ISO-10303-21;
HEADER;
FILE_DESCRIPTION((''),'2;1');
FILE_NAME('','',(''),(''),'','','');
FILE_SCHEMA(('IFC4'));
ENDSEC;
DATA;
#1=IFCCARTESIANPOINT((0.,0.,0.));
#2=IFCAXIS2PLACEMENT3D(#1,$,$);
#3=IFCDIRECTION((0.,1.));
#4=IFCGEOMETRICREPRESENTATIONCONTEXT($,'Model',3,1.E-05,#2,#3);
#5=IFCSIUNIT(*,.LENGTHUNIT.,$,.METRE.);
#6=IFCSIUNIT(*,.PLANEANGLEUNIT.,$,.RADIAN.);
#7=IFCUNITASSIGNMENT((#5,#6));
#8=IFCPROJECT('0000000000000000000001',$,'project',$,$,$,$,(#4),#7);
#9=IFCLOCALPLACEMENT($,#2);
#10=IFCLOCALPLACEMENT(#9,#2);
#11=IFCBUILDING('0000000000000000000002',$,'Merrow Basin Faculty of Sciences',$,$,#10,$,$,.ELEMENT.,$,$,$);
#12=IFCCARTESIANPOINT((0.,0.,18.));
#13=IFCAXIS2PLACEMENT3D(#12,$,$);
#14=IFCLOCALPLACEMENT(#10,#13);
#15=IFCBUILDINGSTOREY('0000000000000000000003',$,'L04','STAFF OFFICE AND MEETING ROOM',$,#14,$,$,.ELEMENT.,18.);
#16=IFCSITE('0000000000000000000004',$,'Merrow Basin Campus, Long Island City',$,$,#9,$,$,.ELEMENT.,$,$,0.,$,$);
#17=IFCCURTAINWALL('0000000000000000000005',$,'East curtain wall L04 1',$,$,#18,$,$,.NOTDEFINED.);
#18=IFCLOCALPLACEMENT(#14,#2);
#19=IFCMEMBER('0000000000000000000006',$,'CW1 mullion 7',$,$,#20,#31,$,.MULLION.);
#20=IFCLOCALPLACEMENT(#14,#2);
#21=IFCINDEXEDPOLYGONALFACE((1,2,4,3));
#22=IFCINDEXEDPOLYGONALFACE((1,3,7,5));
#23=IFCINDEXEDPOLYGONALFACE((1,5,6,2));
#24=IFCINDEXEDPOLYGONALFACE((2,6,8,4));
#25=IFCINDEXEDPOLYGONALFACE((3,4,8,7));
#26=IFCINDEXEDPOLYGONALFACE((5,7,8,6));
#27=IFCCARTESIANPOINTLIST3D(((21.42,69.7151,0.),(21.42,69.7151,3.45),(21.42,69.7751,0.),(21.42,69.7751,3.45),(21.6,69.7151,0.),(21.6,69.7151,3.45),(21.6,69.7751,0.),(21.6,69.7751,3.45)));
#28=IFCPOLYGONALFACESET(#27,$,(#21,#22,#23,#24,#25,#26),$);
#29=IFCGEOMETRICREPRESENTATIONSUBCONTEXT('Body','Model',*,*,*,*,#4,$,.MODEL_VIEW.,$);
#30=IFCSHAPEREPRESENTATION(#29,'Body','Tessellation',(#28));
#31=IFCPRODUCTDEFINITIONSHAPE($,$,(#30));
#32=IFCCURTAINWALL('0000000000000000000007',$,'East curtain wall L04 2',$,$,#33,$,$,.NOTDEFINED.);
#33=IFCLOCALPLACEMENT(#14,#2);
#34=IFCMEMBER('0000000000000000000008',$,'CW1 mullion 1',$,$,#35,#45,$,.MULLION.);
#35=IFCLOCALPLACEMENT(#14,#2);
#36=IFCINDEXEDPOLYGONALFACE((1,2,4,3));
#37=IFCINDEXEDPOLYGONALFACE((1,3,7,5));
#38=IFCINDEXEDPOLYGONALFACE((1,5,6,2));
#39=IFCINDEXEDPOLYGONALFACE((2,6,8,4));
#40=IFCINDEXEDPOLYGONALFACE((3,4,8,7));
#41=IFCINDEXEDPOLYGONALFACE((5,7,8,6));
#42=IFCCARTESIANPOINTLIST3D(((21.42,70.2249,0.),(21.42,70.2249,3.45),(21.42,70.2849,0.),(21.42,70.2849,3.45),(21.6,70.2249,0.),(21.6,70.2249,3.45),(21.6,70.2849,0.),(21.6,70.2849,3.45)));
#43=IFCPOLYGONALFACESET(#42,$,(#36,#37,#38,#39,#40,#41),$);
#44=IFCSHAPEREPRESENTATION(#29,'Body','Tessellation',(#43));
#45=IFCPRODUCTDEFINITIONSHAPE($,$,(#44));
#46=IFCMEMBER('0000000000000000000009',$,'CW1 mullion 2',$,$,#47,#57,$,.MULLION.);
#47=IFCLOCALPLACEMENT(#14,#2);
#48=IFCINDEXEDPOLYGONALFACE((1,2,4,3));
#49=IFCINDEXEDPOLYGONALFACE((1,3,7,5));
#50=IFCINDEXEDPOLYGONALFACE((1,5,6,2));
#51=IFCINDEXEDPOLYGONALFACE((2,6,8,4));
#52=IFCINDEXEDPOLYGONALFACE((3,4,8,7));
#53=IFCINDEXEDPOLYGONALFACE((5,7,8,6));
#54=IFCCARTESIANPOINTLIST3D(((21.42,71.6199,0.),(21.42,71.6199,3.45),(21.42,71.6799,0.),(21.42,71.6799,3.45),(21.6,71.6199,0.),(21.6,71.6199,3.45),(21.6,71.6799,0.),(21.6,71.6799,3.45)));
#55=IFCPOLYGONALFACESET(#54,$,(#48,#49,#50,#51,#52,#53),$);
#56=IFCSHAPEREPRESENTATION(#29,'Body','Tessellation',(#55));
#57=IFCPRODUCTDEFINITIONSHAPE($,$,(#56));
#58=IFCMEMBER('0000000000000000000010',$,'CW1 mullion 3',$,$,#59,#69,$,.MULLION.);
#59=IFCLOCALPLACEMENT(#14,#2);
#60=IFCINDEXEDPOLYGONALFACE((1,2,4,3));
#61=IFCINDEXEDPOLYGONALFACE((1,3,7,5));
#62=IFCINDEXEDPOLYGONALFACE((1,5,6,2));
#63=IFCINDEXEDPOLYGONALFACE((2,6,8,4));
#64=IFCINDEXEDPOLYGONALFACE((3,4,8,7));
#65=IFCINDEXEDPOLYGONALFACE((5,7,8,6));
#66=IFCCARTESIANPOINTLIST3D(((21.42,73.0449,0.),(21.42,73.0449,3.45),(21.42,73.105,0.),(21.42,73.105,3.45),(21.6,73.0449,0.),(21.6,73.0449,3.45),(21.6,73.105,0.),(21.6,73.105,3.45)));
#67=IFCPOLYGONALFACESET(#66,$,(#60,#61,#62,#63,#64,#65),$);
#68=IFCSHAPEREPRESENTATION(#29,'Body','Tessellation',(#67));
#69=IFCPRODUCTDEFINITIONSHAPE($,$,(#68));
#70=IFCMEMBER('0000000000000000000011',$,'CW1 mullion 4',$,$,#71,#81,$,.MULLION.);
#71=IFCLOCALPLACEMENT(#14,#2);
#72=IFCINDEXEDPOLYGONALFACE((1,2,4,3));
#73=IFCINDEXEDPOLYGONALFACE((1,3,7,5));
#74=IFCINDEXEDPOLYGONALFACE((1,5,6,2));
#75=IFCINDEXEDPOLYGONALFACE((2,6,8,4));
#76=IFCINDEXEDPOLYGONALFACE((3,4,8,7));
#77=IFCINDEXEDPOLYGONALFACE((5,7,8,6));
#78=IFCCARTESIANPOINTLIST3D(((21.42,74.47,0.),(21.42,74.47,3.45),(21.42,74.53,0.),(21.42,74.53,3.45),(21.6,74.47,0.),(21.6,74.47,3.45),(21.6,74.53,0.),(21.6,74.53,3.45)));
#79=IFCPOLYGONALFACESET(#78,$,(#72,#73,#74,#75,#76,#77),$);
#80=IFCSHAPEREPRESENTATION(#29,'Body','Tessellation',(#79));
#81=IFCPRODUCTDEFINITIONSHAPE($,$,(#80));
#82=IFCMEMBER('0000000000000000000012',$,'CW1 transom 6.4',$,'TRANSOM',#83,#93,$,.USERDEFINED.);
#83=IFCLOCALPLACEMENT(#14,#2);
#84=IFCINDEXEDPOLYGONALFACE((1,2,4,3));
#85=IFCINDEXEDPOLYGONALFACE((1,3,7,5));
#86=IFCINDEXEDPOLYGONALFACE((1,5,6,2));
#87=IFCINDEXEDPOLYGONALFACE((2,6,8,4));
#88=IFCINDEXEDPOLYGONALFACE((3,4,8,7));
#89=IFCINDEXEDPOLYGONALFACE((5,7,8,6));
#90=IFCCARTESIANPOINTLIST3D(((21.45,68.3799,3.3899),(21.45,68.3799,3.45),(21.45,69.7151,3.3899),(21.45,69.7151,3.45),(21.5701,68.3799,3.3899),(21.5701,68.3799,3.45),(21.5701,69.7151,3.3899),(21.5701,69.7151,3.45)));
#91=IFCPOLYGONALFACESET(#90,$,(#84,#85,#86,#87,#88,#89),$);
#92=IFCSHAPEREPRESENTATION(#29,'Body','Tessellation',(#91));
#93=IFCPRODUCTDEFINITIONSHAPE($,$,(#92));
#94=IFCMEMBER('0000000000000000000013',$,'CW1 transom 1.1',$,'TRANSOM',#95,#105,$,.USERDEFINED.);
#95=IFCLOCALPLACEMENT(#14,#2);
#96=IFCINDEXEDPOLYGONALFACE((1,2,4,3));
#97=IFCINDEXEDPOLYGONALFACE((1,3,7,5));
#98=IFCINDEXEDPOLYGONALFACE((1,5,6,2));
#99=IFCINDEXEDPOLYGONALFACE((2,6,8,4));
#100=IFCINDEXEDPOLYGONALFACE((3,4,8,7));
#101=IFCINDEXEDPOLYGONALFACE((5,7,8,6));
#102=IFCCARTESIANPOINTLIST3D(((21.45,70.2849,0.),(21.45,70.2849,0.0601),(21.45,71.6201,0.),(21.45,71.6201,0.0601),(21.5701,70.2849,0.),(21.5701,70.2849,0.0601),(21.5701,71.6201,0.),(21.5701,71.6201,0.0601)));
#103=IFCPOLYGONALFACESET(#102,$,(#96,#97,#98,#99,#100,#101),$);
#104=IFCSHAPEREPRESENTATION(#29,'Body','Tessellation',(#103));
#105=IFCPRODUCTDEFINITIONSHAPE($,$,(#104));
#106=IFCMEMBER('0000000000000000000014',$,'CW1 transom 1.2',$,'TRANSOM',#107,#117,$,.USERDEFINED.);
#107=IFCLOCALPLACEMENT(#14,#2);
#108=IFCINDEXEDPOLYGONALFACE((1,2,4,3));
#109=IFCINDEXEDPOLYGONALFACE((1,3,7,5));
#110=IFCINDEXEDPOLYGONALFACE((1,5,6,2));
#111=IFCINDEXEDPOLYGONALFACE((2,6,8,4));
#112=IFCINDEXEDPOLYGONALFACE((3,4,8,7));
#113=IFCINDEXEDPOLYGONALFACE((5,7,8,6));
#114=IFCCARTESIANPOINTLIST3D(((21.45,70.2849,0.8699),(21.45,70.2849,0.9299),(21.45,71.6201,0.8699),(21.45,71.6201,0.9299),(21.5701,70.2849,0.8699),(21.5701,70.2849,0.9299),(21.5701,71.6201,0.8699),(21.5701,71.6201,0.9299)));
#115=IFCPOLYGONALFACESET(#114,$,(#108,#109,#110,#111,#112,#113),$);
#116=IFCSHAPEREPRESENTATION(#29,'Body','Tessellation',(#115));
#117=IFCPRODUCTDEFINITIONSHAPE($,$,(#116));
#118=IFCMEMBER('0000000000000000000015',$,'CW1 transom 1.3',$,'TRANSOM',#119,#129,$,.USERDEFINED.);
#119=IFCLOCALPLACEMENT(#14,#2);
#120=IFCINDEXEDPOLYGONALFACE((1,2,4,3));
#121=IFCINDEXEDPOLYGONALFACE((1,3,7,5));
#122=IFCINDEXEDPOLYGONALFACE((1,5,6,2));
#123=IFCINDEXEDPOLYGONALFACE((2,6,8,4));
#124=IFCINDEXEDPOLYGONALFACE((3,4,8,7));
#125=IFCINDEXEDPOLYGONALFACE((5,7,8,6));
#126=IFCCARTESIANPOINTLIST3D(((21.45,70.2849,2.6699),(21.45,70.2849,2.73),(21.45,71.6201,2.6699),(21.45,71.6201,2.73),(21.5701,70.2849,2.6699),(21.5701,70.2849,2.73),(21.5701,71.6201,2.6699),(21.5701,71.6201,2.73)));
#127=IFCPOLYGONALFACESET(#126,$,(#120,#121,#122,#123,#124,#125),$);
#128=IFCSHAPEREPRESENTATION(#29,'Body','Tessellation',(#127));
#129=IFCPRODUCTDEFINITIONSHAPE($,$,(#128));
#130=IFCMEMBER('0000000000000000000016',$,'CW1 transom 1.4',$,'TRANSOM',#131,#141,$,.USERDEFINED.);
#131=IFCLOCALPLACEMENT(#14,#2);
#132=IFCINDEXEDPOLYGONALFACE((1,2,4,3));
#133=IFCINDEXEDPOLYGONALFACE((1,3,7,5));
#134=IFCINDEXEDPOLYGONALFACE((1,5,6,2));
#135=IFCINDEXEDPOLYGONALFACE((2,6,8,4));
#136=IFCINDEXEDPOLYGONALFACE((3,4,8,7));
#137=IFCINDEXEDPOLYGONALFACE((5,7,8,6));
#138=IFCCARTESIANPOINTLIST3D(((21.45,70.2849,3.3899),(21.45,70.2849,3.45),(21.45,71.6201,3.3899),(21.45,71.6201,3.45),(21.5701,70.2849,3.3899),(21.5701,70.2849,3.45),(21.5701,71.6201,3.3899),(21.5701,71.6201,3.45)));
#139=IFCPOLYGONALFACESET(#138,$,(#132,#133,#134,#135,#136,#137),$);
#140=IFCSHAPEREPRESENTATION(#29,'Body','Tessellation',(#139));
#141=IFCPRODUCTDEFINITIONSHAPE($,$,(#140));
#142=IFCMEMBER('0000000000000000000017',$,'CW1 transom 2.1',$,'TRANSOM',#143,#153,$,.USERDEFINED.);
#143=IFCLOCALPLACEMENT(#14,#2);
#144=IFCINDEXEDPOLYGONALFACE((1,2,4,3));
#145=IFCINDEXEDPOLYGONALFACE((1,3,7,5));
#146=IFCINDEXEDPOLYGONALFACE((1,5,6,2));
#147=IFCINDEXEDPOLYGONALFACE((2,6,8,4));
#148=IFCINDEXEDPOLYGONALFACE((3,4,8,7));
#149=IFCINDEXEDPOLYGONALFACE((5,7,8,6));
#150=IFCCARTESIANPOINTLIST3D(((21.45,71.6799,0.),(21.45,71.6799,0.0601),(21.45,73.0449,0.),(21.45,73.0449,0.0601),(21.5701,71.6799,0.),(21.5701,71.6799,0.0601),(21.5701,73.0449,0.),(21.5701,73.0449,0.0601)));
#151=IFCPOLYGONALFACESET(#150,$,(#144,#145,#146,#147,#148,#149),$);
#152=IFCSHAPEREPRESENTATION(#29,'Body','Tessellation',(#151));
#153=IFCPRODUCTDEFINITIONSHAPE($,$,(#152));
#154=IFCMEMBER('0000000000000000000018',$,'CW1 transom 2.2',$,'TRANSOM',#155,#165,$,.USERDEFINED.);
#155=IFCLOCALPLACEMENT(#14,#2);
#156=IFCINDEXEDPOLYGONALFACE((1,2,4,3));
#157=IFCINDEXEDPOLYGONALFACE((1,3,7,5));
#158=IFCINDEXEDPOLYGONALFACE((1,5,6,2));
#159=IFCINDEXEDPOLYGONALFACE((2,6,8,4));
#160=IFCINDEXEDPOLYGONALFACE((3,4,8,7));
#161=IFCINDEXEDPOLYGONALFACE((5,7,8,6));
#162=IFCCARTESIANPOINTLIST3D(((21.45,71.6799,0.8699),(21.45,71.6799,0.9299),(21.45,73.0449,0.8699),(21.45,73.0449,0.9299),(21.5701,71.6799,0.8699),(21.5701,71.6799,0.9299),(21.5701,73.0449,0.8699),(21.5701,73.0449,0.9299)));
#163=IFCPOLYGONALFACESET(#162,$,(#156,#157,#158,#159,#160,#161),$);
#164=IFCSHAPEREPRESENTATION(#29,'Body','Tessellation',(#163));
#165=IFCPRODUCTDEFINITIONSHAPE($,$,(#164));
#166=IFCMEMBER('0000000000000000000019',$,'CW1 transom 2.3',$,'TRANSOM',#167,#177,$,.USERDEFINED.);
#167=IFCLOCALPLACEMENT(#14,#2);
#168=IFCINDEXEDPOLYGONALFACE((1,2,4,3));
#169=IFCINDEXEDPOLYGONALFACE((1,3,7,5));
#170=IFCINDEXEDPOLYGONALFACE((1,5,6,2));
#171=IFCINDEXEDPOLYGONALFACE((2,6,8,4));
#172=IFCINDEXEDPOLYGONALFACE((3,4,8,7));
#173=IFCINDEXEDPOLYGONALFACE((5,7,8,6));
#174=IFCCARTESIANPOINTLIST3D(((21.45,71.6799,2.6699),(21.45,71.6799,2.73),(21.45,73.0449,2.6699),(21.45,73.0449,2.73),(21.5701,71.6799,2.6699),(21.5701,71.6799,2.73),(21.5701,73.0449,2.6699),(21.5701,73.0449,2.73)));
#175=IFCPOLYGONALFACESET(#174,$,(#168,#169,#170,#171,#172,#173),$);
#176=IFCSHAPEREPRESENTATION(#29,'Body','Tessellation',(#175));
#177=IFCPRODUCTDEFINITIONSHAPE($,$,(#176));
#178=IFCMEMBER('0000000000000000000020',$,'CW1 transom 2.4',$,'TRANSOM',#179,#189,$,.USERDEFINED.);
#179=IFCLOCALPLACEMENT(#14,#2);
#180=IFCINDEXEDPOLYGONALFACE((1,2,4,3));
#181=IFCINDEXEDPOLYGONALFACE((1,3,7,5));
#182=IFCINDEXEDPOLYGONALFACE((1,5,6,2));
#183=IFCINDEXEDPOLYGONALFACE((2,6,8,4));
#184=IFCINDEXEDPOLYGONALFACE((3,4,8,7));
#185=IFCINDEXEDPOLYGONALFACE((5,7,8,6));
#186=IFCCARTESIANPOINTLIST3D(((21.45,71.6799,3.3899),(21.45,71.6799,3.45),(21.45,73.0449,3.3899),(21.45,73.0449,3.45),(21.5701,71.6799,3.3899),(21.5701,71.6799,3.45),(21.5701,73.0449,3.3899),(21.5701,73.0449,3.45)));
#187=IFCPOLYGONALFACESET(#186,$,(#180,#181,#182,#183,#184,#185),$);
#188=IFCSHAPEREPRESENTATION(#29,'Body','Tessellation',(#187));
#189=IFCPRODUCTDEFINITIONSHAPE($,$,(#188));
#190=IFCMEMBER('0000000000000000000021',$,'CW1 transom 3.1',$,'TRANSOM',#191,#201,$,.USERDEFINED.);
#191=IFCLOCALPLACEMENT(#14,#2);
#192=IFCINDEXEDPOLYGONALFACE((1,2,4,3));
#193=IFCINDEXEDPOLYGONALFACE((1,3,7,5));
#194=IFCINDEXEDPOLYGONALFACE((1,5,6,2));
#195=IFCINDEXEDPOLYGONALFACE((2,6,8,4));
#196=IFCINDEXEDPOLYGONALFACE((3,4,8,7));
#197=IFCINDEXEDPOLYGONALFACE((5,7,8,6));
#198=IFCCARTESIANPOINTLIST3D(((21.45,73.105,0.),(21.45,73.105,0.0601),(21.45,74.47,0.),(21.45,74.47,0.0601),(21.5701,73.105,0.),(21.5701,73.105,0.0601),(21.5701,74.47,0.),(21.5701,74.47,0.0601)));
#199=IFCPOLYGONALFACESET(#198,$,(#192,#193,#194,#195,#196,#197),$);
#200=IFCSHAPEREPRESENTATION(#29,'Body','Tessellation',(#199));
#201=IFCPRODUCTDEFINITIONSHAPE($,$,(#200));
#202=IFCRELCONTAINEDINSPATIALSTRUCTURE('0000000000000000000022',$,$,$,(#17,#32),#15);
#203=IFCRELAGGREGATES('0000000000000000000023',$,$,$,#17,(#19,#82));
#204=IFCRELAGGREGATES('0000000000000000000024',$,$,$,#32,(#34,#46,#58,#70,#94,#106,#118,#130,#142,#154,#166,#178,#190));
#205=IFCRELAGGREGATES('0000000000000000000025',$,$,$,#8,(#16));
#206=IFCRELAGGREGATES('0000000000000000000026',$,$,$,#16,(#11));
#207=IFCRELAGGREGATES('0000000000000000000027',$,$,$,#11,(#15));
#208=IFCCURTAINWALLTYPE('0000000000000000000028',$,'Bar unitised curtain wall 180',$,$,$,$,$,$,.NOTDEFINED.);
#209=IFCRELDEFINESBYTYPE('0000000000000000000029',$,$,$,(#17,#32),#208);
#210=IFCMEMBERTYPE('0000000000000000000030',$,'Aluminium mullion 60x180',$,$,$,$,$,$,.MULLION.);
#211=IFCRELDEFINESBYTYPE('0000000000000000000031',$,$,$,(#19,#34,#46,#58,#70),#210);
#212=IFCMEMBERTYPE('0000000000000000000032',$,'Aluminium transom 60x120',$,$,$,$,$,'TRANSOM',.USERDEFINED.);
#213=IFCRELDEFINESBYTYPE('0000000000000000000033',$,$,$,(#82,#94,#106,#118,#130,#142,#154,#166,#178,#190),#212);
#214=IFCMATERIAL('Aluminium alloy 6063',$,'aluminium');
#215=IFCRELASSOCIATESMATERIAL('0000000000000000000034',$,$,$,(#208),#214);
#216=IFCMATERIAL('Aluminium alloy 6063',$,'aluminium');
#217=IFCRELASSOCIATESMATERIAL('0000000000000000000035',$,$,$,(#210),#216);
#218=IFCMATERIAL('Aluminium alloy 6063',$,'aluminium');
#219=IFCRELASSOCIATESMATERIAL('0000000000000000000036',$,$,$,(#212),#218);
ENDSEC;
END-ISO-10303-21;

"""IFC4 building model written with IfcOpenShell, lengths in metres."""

from ifc_helpers import new_model, si_unit, direction, frame, origin, origin_2d, place, context, subcontext, project, spatial, rectangle, extrude, material, material_profile, profile_set, type_object, element, aggregate, save


model = new_model("IFC4")

# Units and contexts
model_context = context("Model", 3, precision=1e-05, world=origin(), true_north=direction((0.0, 1.0)))
body_context = subcontext(model_context, "Body", "Model", "MODEL_VIEW")
ifc_project = project(units=[si_unit("LENGTHUNIT", "METRE"), si_unit("PLANEANGLEUNIT", "RADIAN")], contexts=[model_context])

# Site, building, storey
site_placement = place(None, origin())
site = spatial("IfcSite", under=ifc_project, at=site_placement, Name="Merrow Basin Campus, Long Island City", CompositionType="ELEMENT", RefElevation=0.0)
building_placement = place(site_placement, origin())
building = spatial("IfcBuilding", under=site, at=building_placement, Name="Merrow Basin Faculty of Sciences", CompositionType="ELEMENT")
storey_placement = place(building_placement, frame((0.0, 0.0, 18.0)))
storey = spatial("IfcBuildingStorey", under=building, at=storey_placement, Name="L04", Description="STAFF OFFICE AND MEETING ROOM", CompositionType="ELEMENT", Elevation=18.0)

# Curtain wall, member
ifc_material_1 = material(Name="Aluminium alloy 6063", Category="aluminium")
curtain_wall_type = type_object("IfcCurtainWallType", Name="Bar unitised curtain wall 180", PredefinedType="NOTDEFINED", material=ifc_material_1)
curtain_wall_1_placement = place(storey_placement, origin())
curtain_wall_1 = element("IfcCurtainWall", 1, at=curtain_wall_1_placement, inside=storey, type_object=curtain_wall_type, Name="East curtain wall L04 1", PredefinedType="NOTDEFINED")
ifc_material_2 = material(Name="Aluminium alloy 6063", Category="aluminium")
ifc_material_profile_1 = material_profile(ifc_material_2, rectangle(XDim=0.1799, YDim=0.0601, at=origin_2d()))
ifc_profile_set_1 = profile_set([ifc_material_profile_1], Name="Aluminium alloy 6063")
member_type_1 = type_object("IfcMemberType", Name="Aluminium mullion 60x180", PredefinedType="MULLION", material=ifc_profile_set_1)
member_1_placement = place(storey_placement, frame((21.51, 69.7451, 0.0), z_axis=(0.0, 0.0, 1.0), x_axis=(-1.0, 0.0, 0.0)))
member_1 = element("IfcMember", 2, at=member_1_placement, type_object=member_type_1, Name="CW1 mullion 7", PredefinedType="MULLION", context=body_context, shape_type="SweptSolid", body=[
    extrude(rectangle(XDim=0.1799, YDim=0.0601, at=origin_2d()), origin(), (0.0, 0.0, 1.0), 3.45),
])

# Curtain wall, members
curtain_wall_2_placement = place(storey_placement, origin())
curtain_wall_2 = element("IfcCurtainWall", 3, at=curtain_wall_2_placement, inside=storey, type_object=curtain_wall_type, Name="East curtain wall L04 2", PredefinedType="NOTDEFINED")
member_2_placement = place(storey_placement, frame((21.51, 70.2549, 0.0), z_axis=(0.0, 0.0, 1.0), x_axis=(-1.0, 0.0, 0.0)))
member_2 = element("IfcMember", 4, at=member_2_placement, type_object=member_type_1, Name="CW1 mullion 1", PredefinedType="MULLION", context=body_context, shape_type="SweptSolid", body=[
    extrude(rectangle(XDim=0.1799, YDim=0.0601, at=origin_2d()), origin(), (0.0, 0.0, 1.0), 3.45),
])
member_3_placement = place(storey_placement, frame((21.51, 71.6499, 0.0), z_axis=(0.0, 0.0, 1.0), x_axis=(-1.0, 0.0, 0.0)))
member_3 = element("IfcMember", 5, at=member_3_placement, type_object=member_type_1, Name="CW1 mullion 2", PredefinedType="MULLION", context=body_context, shape_type="SweptSolid", body=[
    extrude(rectangle(XDim=0.1799, YDim=0.0601, at=origin_2d()), origin(), (0.0, 0.0, 1.0), 3.45),
])
member_4_placement = place(storey_placement, frame((21.51, 73.075, 0.0), z_axis=(0.0, 0.0, 1.0), x_axis=(-1.0, 0.0, 0.0)))
member_4 = element("IfcMember", 6, at=member_4_placement, type_object=member_type_1, Name="CW1 mullion 3", PredefinedType="MULLION", context=body_context, shape_type="SweptSolid", body=[
    extrude(rectangle(XDim=0.1799, YDim=0.0601, at=origin_2d()), origin(), (0.0, 0.0, 1.0), 3.45),
])
member_5_placement = place(storey_placement, frame((21.51, 74.5, 0.0), z_axis=(0.0, 0.0, 1.0), x_axis=(-1.0, 0.0, 0.0)))
member_5 = element("IfcMember", 7, at=member_5_placement, type_object=member_type_1, Name="CW1 mullion 4", PredefinedType="MULLION", context=body_context, shape_type="SweptSolid", body=[
    extrude(rectangle(XDim=0.1799, YDim=0.0601, at=origin_2d()), origin(), (0.0, 0.0, 1.0), 3.45),
])

# Members
ifc_material_3 = material(Name="Aluminium alloy 6063", Category="aluminium")
ifc_material_profile_2 = material_profile(ifc_material_3, rectangle(XDim=0.1201, YDim=0.0601, at=origin_2d()))
ifc_profile_set_2 = profile_set([ifc_material_profile_2], Name="Aluminium alloy 6063")
member_type_2 = type_object("IfcMemberType", Name="Aluminium transom 60x120", ElementType="TRANSOM", PredefinedType="USERDEFINED", material=ifc_profile_set_2)
member_6_placement = place(storey_placement, frame((21.51, 68.3799, 3.4199), z_axis=(0.0, 1.0, 0.0), x_axis=(-1.0, 0.0, 0.0)))
member_6 = element("IfcMember", 8, at=member_6_placement, type_object=member_type_2, Name="CW1 transom 6.4", ObjectType="TRANSOM", PredefinedType="USERDEFINED", context=body_context, shape_type="SweptSolid", body=[
    extrude(rectangle(XDim=0.1201, YDim=0.0601, at=origin_2d()), origin(), (0.0, 0.0, 1.0), 1.3352),
])
member_7_placement = place(storey_placement, frame((21.51, 70.2849, 0.03), z_axis=(0.0, 1.0, 0.0), x_axis=(-1.0, 0.0, 0.0)))
member_7 = element("IfcMember", 9, at=member_7_placement, type_object=member_type_2, Name="CW1 transom 1.1", ObjectType="TRANSOM", PredefinedType="USERDEFINED", context=body_context, shape_type="SweptSolid", body=[
    extrude(rectangle(XDim=0.1201, YDim=0.0601, at=origin_2d()), origin(), (0.0, 0.0, 1.0), 1.3352),
])
member_8_placement = place(storey_placement, frame((21.51, 70.2849, 0.8999), z_axis=(0.0, 1.0, 0.0), x_axis=(-1.0, 0.0, 0.0)))
member_8 = element("IfcMember", 10, at=member_8_placement, type_object=member_type_2, Name="CW1 transom 1.2", ObjectType="TRANSOM", PredefinedType="USERDEFINED", context=body_context, shape_type="SweptSolid", body=[
    extrude(rectangle(XDim=0.1201, YDim=0.0601, at=origin_2d()), origin(), (0.0, 0.0, 1.0), 1.3352),
])
member_9_placement = place(storey_placement, frame((21.51, 70.2849, 2.7), z_axis=(0.0, 1.0, 0.0), x_axis=(-1.0, 0.0, 0.0)))
member_9 = element("IfcMember", 11, at=member_9_placement, type_object=member_type_2, Name="CW1 transom 1.3", ObjectType="TRANSOM", PredefinedType="USERDEFINED", context=body_context, shape_type="SweptSolid", body=[
    extrude(rectangle(XDim=0.1201, YDim=0.0601, at=origin_2d()), origin(), (0.0, 0.0, 1.0), 1.3352),
])
member_10_placement = place(storey_placement, frame((21.51, 70.2849, 3.4199), z_axis=(0.0, 1.0, 0.0), x_axis=(-1.0, 0.0, 0.0)))
member_10 = element("IfcMember", 12, at=member_10_placement, type_object=member_type_2, Name="CW1 transom 1.4", ObjectType="TRANSOM", PredefinedType="USERDEFINED", context=body_context, shape_type="SweptSolid", body=[
    extrude(rectangle(XDim=0.1201, YDim=0.0601, at=origin_2d()), origin(), (0.0, 0.0, 1.0), 1.3352),
])
member_11_placement = place(storey_placement, frame((21.51, 71.6799, 0.03), z_axis=(0.0, 1.0, 0.0), x_axis=(-1.0, 0.0, 0.0)))
member_11 = element("IfcMember", 13, at=member_11_placement, type_object=member_type_2, Name="CW1 transom 2.1", ObjectType="TRANSOM", PredefinedType="USERDEFINED", context=body_context, shape_type="SweptSolid", body=[
    extrude(rectangle(XDim=0.1201, YDim=0.0601, at=origin_2d()), origin(), (0.0, 0.0, 1.0), 1.365),
])
member_12_placement = place(storey_placement, frame((21.51, 71.6799, 0.8999), z_axis=(0.0, 1.0, 0.0), x_axis=(-1.0, 0.0, 0.0)))
member_12 = element("IfcMember", 14, at=member_12_placement, type_object=member_type_2, Name="CW1 transom 2.2", ObjectType="TRANSOM", PredefinedType="USERDEFINED", context=body_context, shape_type="SweptSolid", body=[
    extrude(rectangle(XDim=0.1201, YDim=0.0601, at=origin_2d()), origin(), (0.0, 0.0, 1.0), 1.365),
])
member_13_placement = place(storey_placement, frame((21.51, 71.6799, 2.7), z_axis=(0.0, 1.0, 0.0), x_axis=(-1.0, 0.0, 0.0)))
member_13 = element("IfcMember", 15, at=member_13_placement, type_object=member_type_2, Name="CW1 transom 2.3", ObjectType="TRANSOM", PredefinedType="USERDEFINED", context=body_context, shape_type="SweptSolid", body=[
    extrude(rectangle(XDim=0.1201, YDim=0.0601, at=origin_2d()), origin(), (0.0, 0.0, 1.0), 1.365),
])
member_14_placement = place(storey_placement, frame((21.51, 71.6799, 3.4199), z_axis=(0.0, 1.0, 0.0), x_axis=(-1.0, 0.0, 0.0)))
member_14 = element("IfcMember", 16, at=member_14_placement, type_object=member_type_2, Name="CW1 transom 2.4", ObjectType="TRANSOM", PredefinedType="USERDEFINED", context=body_context, shape_type="SweptSolid", body=[
    extrude(rectangle(XDim=0.1201, YDim=0.0601, at=origin_2d()), origin(), (0.0, 0.0, 1.0), 1.365),
])
member_15_placement = place(storey_placement, frame((21.51, 73.105, 0.03), z_axis=(0.0, 1.0, 0.0), x_axis=(-1.0, 0.0, 0.0)))
member_15 = element("IfcMember", 17, at=member_15_placement, type_object=member_type_2, Name="CW1 transom 3.1", ObjectType="TRANSOM", PredefinedType="USERDEFINED", context=body_context, shape_type="SweptSolid", body=[
    extrude(rectangle(XDim=0.1201, YDim=0.0601, at=origin_2d()), origin(), (0.0, 0.0, 1.0), 1.365),
])

aggregate(curtain_wall_1, [member_1, member_6])
aggregate(curtain_wall_2, [member_2, member_3, member_4, member_5, member_7, member_8, member_9, member_10, member_11, member_12, member_13, member_14, member_15])

save(model, "model.ifc")
